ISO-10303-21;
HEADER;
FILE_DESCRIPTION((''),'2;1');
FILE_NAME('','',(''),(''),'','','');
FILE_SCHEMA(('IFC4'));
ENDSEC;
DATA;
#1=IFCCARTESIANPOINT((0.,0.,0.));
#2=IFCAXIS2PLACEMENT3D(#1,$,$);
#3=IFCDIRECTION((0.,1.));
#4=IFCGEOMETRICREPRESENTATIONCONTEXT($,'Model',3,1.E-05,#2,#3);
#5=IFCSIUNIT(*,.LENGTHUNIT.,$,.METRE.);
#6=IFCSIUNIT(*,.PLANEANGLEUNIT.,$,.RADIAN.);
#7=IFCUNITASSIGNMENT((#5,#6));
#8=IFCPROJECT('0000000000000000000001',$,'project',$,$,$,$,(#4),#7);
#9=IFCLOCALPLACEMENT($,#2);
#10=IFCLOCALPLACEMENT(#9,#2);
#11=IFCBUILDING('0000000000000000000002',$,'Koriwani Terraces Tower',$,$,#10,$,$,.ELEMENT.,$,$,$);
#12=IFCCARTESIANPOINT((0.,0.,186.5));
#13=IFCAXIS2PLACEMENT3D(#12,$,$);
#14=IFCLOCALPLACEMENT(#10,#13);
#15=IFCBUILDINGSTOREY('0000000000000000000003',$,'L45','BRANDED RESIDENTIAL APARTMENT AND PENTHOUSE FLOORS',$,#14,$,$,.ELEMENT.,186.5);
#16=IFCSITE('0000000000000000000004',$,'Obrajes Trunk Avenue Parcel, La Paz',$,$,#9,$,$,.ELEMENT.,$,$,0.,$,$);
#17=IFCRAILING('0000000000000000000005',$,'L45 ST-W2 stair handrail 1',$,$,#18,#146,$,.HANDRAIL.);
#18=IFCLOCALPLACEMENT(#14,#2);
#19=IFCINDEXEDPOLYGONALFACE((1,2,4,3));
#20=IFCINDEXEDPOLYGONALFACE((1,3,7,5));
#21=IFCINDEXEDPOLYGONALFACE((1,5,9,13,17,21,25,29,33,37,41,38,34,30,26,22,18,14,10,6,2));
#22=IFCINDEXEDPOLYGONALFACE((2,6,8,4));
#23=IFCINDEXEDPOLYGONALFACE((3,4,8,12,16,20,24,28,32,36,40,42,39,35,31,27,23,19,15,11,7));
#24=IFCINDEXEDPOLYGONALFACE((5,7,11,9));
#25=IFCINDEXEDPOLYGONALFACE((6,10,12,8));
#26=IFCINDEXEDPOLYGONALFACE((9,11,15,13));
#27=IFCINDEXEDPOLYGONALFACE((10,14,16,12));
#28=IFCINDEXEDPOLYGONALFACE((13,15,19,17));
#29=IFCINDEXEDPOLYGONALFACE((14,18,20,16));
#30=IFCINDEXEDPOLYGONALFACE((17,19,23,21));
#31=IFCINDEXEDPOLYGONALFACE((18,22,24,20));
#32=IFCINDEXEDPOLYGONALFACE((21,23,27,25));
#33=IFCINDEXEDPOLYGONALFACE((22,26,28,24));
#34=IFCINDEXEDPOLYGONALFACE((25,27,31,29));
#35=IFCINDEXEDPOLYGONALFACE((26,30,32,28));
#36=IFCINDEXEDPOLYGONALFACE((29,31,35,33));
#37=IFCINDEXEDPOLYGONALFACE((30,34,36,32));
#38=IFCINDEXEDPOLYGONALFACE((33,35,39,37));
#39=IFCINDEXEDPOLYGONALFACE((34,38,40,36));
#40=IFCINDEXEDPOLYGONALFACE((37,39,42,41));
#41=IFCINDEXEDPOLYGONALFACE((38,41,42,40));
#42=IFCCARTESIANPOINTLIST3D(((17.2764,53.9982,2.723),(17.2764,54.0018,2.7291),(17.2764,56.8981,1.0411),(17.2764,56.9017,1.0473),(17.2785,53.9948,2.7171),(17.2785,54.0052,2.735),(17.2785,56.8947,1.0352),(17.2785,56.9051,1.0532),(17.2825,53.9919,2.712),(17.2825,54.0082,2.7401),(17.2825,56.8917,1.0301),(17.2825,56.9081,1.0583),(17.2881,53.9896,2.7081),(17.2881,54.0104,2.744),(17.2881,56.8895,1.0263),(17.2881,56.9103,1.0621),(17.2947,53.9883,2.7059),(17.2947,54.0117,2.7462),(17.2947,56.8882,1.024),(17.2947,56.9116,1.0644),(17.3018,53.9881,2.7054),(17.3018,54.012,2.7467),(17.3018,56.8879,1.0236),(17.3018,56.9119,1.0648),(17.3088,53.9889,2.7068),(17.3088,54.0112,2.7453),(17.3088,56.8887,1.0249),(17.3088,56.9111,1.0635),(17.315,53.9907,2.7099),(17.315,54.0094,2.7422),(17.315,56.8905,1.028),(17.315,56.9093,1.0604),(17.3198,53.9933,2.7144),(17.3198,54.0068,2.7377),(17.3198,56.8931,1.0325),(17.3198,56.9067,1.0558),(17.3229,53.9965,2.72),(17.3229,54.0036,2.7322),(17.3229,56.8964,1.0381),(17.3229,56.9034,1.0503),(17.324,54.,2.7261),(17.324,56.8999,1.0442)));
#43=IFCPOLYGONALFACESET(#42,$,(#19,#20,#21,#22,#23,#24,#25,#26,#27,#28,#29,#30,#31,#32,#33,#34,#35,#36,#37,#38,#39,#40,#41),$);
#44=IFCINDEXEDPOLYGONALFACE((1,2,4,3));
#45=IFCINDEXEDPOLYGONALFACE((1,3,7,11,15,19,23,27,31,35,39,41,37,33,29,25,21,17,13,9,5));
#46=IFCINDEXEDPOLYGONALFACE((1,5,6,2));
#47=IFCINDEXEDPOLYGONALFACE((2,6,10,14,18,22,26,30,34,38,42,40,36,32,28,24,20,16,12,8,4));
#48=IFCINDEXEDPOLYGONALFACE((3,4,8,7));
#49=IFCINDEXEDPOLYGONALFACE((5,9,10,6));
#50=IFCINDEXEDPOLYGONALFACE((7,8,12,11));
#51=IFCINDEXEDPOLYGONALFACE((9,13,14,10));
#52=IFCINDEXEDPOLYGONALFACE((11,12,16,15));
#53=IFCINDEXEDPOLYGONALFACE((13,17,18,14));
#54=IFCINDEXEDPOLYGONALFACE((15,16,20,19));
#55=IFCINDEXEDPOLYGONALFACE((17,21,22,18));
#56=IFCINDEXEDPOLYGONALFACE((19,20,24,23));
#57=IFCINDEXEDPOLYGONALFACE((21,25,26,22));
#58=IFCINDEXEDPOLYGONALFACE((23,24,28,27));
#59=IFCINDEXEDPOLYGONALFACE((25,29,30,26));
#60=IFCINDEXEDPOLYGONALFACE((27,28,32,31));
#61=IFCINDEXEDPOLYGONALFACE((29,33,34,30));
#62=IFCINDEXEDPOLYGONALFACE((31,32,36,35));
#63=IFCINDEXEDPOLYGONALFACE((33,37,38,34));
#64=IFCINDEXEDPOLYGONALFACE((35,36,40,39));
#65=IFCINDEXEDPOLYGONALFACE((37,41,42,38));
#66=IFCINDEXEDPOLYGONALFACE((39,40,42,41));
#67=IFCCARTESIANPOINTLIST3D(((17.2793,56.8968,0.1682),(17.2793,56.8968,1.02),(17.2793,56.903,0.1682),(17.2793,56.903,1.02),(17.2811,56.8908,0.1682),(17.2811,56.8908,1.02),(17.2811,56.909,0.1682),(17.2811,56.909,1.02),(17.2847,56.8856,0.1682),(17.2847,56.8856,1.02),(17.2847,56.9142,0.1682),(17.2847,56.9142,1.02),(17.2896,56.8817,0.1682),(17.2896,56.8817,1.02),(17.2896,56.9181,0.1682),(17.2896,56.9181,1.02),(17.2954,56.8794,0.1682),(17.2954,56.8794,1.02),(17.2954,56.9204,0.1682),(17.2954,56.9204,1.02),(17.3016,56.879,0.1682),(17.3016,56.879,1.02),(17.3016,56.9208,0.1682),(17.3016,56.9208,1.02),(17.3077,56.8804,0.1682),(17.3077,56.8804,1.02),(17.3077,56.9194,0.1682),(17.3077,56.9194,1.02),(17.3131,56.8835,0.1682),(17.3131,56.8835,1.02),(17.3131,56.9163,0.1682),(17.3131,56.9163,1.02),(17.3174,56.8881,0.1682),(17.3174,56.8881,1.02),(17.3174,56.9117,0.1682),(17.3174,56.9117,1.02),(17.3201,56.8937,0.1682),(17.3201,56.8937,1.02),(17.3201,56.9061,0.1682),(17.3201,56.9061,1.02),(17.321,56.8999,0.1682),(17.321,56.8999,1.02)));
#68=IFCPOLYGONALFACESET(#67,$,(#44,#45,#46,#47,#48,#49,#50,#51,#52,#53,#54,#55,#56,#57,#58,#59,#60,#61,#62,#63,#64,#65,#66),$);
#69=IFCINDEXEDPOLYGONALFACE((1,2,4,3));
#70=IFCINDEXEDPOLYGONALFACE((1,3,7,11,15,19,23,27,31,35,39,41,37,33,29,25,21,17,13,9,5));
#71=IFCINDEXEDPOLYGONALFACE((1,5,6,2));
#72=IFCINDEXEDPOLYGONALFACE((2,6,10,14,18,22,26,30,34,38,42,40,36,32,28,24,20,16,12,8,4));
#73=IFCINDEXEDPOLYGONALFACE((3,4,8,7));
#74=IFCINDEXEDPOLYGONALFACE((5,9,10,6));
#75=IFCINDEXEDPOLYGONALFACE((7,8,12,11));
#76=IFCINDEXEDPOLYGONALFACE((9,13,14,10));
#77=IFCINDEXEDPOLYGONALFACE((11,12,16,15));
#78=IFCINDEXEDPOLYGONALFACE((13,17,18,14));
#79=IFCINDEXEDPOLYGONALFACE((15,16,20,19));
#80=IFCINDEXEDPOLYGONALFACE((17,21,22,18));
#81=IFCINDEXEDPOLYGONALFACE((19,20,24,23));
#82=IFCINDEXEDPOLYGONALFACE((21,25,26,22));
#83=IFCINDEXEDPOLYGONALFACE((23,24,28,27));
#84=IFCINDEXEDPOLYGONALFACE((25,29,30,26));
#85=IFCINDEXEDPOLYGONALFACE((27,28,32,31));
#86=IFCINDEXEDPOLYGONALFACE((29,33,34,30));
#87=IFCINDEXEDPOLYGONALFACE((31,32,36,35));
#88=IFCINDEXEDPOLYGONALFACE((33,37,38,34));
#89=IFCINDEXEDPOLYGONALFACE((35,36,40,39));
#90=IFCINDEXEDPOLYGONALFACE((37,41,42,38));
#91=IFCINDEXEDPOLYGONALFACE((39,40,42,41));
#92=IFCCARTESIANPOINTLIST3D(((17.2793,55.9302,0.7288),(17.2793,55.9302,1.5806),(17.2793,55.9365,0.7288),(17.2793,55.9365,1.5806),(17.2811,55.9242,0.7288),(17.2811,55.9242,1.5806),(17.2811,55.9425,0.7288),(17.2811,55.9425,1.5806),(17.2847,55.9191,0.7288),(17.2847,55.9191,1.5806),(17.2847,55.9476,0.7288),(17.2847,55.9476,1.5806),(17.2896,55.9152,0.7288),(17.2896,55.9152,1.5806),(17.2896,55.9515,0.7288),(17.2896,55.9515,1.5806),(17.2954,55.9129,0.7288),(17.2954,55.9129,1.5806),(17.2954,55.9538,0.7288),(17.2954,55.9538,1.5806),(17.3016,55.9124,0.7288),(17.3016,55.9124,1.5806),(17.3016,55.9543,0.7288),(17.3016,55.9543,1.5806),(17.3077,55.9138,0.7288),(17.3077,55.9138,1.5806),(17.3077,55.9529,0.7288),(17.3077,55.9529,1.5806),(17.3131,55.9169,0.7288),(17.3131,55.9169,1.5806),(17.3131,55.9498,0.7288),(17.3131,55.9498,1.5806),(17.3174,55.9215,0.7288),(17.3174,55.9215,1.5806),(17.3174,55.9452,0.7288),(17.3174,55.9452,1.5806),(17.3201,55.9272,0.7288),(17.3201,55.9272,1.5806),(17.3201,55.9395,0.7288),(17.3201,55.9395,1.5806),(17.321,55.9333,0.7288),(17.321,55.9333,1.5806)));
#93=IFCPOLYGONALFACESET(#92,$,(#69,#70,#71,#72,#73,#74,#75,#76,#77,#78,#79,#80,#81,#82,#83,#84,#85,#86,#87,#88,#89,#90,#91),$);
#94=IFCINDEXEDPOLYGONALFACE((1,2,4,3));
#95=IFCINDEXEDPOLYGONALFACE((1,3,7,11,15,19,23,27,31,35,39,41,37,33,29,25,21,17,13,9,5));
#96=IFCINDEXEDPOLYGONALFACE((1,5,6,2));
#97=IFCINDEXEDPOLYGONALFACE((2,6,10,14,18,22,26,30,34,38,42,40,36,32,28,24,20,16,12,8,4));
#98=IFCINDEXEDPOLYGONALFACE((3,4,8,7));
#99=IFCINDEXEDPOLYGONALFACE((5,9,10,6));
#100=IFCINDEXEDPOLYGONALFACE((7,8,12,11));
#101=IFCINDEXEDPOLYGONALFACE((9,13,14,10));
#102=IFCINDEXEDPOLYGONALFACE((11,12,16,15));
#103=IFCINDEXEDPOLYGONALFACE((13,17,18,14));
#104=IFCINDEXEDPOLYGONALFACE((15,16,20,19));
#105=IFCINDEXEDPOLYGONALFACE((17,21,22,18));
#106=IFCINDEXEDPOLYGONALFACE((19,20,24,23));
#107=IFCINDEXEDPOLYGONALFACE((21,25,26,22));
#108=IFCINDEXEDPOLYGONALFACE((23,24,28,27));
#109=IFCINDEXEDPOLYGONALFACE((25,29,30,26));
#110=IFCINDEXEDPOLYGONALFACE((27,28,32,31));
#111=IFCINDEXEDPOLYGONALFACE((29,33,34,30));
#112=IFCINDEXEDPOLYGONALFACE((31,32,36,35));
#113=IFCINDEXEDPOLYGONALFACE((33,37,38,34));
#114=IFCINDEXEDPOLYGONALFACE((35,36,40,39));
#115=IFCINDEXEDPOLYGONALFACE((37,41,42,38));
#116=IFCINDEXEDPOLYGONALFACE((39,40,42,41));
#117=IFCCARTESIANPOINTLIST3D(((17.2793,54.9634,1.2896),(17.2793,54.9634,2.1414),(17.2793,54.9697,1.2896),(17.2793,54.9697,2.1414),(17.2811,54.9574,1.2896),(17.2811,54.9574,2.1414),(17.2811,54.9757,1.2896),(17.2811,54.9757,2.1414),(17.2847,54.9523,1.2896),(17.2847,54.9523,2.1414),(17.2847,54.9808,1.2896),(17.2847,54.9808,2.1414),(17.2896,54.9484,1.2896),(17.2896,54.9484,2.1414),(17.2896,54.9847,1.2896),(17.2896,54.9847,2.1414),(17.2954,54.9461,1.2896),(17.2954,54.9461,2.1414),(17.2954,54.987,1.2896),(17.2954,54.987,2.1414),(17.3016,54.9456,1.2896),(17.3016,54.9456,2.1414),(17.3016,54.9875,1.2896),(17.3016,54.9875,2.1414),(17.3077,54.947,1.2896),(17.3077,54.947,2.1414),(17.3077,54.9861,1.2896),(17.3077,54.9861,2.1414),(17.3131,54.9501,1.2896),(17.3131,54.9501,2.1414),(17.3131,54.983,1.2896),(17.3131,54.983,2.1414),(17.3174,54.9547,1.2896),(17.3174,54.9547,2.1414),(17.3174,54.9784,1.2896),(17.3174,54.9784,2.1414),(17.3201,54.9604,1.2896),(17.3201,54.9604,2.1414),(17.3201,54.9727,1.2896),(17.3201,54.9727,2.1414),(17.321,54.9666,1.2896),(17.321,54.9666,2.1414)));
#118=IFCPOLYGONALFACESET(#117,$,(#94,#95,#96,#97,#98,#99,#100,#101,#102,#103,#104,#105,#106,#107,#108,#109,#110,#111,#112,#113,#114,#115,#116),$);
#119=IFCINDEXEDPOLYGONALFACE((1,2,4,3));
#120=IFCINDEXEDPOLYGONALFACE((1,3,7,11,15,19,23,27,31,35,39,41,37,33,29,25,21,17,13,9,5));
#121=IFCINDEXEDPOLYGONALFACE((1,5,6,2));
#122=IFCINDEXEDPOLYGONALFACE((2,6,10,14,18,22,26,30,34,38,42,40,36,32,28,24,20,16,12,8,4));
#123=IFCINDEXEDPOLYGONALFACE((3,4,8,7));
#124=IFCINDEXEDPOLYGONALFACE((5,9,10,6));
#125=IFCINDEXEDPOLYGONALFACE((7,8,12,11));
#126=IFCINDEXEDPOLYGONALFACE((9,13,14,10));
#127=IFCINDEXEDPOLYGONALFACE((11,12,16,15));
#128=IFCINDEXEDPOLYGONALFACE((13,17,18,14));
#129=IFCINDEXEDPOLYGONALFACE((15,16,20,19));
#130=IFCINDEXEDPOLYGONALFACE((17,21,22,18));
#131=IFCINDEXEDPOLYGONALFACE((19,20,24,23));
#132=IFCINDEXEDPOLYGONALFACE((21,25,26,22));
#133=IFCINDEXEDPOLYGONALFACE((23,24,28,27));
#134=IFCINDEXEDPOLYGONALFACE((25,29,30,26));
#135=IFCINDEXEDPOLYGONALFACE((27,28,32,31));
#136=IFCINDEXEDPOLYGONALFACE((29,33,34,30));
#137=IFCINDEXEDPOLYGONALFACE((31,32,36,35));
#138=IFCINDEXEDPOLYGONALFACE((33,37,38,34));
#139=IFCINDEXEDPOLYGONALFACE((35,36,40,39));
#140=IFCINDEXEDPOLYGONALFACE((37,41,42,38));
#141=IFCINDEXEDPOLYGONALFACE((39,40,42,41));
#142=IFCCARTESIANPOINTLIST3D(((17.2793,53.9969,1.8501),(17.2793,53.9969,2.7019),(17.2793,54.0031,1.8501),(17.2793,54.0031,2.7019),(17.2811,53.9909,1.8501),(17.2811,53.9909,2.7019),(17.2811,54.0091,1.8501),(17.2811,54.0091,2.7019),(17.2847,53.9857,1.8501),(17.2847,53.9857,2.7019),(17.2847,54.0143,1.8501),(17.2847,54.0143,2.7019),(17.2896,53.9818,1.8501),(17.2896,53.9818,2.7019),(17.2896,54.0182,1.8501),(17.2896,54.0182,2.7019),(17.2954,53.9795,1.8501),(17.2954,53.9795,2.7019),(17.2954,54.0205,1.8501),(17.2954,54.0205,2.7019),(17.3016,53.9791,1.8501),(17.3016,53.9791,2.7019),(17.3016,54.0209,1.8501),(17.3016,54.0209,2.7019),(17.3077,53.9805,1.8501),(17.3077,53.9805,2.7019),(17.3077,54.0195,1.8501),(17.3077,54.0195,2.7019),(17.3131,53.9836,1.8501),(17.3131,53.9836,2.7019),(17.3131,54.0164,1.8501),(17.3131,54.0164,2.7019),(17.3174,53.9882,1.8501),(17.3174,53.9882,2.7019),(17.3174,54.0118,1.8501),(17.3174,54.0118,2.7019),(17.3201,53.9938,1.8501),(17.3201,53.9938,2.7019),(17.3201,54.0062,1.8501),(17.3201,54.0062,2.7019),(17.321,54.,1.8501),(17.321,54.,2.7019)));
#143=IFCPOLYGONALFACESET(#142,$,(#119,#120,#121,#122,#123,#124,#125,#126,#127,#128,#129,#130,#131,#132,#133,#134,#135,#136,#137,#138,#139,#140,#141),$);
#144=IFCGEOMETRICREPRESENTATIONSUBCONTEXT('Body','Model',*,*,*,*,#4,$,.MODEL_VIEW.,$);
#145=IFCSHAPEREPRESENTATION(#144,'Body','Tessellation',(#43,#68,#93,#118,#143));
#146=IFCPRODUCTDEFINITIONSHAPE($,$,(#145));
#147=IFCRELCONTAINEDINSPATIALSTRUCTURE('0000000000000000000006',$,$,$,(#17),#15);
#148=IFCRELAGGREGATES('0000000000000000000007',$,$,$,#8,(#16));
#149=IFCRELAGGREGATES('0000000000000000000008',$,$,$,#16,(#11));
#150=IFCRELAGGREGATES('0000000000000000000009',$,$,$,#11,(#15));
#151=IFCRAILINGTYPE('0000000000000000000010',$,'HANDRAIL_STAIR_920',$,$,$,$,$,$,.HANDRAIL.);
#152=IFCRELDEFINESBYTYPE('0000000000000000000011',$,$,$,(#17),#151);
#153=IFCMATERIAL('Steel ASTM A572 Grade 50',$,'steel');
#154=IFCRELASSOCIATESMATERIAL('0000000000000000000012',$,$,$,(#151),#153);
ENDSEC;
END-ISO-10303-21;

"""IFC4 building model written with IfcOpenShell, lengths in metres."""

from ifc_helpers import new_model, si_unit, direction, frame, origin, origin_2d, place, context, subcontext, project, spatial, circle, extrude, material, type_object, element, save


model = new_model("IFC4")

# Units and contexts
model_context = context("Model", 3, precision=1e-05, world=origin(), true_north=direction((0.0, 1.0)))
body_context = subcontext(model_context, "Body", "Model", "MODEL_VIEW")
ifc_project = project(units=[si_unit("LENGTHUNIT", "METRE"), si_unit("PLANEANGLEUNIT", "RADIAN")], contexts=[model_context])

# Site, building, storey
site_placement = place(None, origin())
site = spatial("IfcSite", under=ifc_project, at=site_placement, Name="Obrajes Trunk Avenue Parcel, La Paz", CompositionType="ELEMENT", RefElevation=0.0)
building_placement = place(site_placement, origin())
building = spatial("IfcBuilding", under=site, at=building_placement, Name="Koriwani Terraces Tower", CompositionType="ELEMENT")
storey_placement = place(building_placement, frame((0.0, 0.0, 186.5)))
storey = spatial("IfcBuildingStorey", under=building, at=storey_placement, Name="L45", Description="BRANDED RESIDENTIAL APARTMENT AND PENTHOUSE FLOORS", CompositionType="ELEMENT", Elevation=186.5)

# Shared definitions
ifc_material_1 = material(Name="Steel ASTM A572 Grade 50", Category="steel")

# Railing
railing_type_1 = type_object("IfcRailingType", Name="HANDRAIL_STAIR_920", PredefinedType="HANDRAIL", material=ifc_material_1)
railing_1_placement = place(storey_placement, frame((17.3, 56.8999, 0.1682)))
element("IfcRailing", 1, at=railing_1_placement, inside=storey, type_object=railing_type_1, Name="L45 ST-W2 stair handrail 1", PredefinedType="HANDRAIL", context=body_context, shape_type="SweptSolid", body=[
    extrude(circle(Radius=0.0239, at=origin_2d()), frame((0.0, 0.0, 0.876), z_axis=(0.0, -0.865039, 0.501705), x_axis=(1.0, 0.0, 0.0)), (0.0, 0.0, 1.0), 3.3523),
    extrude(circle(Radius=0.021, at=origin_2d()), origin(), (0.0, 0.0, 1.0), 0.8518),
    extrude(circle(Radius=0.021, at=origin_2d()), frame((0.0, -0.9666, 0.5605)), (0.0, 0.0, 1.0), 0.8518),
    extrude(circle(Radius=0.021, at=origin_2d()), frame((0.0, -1.9333, 1.1213)), (0.0, 0.0, 1.0), 0.8518),
    extrude(circle(Radius=0.021, at=origin_2d()), frame((0.0, -2.8999, 1.6819)), (0.0, 0.0, 1.0), 0.8518),
])

save(model, "model.ifc")
